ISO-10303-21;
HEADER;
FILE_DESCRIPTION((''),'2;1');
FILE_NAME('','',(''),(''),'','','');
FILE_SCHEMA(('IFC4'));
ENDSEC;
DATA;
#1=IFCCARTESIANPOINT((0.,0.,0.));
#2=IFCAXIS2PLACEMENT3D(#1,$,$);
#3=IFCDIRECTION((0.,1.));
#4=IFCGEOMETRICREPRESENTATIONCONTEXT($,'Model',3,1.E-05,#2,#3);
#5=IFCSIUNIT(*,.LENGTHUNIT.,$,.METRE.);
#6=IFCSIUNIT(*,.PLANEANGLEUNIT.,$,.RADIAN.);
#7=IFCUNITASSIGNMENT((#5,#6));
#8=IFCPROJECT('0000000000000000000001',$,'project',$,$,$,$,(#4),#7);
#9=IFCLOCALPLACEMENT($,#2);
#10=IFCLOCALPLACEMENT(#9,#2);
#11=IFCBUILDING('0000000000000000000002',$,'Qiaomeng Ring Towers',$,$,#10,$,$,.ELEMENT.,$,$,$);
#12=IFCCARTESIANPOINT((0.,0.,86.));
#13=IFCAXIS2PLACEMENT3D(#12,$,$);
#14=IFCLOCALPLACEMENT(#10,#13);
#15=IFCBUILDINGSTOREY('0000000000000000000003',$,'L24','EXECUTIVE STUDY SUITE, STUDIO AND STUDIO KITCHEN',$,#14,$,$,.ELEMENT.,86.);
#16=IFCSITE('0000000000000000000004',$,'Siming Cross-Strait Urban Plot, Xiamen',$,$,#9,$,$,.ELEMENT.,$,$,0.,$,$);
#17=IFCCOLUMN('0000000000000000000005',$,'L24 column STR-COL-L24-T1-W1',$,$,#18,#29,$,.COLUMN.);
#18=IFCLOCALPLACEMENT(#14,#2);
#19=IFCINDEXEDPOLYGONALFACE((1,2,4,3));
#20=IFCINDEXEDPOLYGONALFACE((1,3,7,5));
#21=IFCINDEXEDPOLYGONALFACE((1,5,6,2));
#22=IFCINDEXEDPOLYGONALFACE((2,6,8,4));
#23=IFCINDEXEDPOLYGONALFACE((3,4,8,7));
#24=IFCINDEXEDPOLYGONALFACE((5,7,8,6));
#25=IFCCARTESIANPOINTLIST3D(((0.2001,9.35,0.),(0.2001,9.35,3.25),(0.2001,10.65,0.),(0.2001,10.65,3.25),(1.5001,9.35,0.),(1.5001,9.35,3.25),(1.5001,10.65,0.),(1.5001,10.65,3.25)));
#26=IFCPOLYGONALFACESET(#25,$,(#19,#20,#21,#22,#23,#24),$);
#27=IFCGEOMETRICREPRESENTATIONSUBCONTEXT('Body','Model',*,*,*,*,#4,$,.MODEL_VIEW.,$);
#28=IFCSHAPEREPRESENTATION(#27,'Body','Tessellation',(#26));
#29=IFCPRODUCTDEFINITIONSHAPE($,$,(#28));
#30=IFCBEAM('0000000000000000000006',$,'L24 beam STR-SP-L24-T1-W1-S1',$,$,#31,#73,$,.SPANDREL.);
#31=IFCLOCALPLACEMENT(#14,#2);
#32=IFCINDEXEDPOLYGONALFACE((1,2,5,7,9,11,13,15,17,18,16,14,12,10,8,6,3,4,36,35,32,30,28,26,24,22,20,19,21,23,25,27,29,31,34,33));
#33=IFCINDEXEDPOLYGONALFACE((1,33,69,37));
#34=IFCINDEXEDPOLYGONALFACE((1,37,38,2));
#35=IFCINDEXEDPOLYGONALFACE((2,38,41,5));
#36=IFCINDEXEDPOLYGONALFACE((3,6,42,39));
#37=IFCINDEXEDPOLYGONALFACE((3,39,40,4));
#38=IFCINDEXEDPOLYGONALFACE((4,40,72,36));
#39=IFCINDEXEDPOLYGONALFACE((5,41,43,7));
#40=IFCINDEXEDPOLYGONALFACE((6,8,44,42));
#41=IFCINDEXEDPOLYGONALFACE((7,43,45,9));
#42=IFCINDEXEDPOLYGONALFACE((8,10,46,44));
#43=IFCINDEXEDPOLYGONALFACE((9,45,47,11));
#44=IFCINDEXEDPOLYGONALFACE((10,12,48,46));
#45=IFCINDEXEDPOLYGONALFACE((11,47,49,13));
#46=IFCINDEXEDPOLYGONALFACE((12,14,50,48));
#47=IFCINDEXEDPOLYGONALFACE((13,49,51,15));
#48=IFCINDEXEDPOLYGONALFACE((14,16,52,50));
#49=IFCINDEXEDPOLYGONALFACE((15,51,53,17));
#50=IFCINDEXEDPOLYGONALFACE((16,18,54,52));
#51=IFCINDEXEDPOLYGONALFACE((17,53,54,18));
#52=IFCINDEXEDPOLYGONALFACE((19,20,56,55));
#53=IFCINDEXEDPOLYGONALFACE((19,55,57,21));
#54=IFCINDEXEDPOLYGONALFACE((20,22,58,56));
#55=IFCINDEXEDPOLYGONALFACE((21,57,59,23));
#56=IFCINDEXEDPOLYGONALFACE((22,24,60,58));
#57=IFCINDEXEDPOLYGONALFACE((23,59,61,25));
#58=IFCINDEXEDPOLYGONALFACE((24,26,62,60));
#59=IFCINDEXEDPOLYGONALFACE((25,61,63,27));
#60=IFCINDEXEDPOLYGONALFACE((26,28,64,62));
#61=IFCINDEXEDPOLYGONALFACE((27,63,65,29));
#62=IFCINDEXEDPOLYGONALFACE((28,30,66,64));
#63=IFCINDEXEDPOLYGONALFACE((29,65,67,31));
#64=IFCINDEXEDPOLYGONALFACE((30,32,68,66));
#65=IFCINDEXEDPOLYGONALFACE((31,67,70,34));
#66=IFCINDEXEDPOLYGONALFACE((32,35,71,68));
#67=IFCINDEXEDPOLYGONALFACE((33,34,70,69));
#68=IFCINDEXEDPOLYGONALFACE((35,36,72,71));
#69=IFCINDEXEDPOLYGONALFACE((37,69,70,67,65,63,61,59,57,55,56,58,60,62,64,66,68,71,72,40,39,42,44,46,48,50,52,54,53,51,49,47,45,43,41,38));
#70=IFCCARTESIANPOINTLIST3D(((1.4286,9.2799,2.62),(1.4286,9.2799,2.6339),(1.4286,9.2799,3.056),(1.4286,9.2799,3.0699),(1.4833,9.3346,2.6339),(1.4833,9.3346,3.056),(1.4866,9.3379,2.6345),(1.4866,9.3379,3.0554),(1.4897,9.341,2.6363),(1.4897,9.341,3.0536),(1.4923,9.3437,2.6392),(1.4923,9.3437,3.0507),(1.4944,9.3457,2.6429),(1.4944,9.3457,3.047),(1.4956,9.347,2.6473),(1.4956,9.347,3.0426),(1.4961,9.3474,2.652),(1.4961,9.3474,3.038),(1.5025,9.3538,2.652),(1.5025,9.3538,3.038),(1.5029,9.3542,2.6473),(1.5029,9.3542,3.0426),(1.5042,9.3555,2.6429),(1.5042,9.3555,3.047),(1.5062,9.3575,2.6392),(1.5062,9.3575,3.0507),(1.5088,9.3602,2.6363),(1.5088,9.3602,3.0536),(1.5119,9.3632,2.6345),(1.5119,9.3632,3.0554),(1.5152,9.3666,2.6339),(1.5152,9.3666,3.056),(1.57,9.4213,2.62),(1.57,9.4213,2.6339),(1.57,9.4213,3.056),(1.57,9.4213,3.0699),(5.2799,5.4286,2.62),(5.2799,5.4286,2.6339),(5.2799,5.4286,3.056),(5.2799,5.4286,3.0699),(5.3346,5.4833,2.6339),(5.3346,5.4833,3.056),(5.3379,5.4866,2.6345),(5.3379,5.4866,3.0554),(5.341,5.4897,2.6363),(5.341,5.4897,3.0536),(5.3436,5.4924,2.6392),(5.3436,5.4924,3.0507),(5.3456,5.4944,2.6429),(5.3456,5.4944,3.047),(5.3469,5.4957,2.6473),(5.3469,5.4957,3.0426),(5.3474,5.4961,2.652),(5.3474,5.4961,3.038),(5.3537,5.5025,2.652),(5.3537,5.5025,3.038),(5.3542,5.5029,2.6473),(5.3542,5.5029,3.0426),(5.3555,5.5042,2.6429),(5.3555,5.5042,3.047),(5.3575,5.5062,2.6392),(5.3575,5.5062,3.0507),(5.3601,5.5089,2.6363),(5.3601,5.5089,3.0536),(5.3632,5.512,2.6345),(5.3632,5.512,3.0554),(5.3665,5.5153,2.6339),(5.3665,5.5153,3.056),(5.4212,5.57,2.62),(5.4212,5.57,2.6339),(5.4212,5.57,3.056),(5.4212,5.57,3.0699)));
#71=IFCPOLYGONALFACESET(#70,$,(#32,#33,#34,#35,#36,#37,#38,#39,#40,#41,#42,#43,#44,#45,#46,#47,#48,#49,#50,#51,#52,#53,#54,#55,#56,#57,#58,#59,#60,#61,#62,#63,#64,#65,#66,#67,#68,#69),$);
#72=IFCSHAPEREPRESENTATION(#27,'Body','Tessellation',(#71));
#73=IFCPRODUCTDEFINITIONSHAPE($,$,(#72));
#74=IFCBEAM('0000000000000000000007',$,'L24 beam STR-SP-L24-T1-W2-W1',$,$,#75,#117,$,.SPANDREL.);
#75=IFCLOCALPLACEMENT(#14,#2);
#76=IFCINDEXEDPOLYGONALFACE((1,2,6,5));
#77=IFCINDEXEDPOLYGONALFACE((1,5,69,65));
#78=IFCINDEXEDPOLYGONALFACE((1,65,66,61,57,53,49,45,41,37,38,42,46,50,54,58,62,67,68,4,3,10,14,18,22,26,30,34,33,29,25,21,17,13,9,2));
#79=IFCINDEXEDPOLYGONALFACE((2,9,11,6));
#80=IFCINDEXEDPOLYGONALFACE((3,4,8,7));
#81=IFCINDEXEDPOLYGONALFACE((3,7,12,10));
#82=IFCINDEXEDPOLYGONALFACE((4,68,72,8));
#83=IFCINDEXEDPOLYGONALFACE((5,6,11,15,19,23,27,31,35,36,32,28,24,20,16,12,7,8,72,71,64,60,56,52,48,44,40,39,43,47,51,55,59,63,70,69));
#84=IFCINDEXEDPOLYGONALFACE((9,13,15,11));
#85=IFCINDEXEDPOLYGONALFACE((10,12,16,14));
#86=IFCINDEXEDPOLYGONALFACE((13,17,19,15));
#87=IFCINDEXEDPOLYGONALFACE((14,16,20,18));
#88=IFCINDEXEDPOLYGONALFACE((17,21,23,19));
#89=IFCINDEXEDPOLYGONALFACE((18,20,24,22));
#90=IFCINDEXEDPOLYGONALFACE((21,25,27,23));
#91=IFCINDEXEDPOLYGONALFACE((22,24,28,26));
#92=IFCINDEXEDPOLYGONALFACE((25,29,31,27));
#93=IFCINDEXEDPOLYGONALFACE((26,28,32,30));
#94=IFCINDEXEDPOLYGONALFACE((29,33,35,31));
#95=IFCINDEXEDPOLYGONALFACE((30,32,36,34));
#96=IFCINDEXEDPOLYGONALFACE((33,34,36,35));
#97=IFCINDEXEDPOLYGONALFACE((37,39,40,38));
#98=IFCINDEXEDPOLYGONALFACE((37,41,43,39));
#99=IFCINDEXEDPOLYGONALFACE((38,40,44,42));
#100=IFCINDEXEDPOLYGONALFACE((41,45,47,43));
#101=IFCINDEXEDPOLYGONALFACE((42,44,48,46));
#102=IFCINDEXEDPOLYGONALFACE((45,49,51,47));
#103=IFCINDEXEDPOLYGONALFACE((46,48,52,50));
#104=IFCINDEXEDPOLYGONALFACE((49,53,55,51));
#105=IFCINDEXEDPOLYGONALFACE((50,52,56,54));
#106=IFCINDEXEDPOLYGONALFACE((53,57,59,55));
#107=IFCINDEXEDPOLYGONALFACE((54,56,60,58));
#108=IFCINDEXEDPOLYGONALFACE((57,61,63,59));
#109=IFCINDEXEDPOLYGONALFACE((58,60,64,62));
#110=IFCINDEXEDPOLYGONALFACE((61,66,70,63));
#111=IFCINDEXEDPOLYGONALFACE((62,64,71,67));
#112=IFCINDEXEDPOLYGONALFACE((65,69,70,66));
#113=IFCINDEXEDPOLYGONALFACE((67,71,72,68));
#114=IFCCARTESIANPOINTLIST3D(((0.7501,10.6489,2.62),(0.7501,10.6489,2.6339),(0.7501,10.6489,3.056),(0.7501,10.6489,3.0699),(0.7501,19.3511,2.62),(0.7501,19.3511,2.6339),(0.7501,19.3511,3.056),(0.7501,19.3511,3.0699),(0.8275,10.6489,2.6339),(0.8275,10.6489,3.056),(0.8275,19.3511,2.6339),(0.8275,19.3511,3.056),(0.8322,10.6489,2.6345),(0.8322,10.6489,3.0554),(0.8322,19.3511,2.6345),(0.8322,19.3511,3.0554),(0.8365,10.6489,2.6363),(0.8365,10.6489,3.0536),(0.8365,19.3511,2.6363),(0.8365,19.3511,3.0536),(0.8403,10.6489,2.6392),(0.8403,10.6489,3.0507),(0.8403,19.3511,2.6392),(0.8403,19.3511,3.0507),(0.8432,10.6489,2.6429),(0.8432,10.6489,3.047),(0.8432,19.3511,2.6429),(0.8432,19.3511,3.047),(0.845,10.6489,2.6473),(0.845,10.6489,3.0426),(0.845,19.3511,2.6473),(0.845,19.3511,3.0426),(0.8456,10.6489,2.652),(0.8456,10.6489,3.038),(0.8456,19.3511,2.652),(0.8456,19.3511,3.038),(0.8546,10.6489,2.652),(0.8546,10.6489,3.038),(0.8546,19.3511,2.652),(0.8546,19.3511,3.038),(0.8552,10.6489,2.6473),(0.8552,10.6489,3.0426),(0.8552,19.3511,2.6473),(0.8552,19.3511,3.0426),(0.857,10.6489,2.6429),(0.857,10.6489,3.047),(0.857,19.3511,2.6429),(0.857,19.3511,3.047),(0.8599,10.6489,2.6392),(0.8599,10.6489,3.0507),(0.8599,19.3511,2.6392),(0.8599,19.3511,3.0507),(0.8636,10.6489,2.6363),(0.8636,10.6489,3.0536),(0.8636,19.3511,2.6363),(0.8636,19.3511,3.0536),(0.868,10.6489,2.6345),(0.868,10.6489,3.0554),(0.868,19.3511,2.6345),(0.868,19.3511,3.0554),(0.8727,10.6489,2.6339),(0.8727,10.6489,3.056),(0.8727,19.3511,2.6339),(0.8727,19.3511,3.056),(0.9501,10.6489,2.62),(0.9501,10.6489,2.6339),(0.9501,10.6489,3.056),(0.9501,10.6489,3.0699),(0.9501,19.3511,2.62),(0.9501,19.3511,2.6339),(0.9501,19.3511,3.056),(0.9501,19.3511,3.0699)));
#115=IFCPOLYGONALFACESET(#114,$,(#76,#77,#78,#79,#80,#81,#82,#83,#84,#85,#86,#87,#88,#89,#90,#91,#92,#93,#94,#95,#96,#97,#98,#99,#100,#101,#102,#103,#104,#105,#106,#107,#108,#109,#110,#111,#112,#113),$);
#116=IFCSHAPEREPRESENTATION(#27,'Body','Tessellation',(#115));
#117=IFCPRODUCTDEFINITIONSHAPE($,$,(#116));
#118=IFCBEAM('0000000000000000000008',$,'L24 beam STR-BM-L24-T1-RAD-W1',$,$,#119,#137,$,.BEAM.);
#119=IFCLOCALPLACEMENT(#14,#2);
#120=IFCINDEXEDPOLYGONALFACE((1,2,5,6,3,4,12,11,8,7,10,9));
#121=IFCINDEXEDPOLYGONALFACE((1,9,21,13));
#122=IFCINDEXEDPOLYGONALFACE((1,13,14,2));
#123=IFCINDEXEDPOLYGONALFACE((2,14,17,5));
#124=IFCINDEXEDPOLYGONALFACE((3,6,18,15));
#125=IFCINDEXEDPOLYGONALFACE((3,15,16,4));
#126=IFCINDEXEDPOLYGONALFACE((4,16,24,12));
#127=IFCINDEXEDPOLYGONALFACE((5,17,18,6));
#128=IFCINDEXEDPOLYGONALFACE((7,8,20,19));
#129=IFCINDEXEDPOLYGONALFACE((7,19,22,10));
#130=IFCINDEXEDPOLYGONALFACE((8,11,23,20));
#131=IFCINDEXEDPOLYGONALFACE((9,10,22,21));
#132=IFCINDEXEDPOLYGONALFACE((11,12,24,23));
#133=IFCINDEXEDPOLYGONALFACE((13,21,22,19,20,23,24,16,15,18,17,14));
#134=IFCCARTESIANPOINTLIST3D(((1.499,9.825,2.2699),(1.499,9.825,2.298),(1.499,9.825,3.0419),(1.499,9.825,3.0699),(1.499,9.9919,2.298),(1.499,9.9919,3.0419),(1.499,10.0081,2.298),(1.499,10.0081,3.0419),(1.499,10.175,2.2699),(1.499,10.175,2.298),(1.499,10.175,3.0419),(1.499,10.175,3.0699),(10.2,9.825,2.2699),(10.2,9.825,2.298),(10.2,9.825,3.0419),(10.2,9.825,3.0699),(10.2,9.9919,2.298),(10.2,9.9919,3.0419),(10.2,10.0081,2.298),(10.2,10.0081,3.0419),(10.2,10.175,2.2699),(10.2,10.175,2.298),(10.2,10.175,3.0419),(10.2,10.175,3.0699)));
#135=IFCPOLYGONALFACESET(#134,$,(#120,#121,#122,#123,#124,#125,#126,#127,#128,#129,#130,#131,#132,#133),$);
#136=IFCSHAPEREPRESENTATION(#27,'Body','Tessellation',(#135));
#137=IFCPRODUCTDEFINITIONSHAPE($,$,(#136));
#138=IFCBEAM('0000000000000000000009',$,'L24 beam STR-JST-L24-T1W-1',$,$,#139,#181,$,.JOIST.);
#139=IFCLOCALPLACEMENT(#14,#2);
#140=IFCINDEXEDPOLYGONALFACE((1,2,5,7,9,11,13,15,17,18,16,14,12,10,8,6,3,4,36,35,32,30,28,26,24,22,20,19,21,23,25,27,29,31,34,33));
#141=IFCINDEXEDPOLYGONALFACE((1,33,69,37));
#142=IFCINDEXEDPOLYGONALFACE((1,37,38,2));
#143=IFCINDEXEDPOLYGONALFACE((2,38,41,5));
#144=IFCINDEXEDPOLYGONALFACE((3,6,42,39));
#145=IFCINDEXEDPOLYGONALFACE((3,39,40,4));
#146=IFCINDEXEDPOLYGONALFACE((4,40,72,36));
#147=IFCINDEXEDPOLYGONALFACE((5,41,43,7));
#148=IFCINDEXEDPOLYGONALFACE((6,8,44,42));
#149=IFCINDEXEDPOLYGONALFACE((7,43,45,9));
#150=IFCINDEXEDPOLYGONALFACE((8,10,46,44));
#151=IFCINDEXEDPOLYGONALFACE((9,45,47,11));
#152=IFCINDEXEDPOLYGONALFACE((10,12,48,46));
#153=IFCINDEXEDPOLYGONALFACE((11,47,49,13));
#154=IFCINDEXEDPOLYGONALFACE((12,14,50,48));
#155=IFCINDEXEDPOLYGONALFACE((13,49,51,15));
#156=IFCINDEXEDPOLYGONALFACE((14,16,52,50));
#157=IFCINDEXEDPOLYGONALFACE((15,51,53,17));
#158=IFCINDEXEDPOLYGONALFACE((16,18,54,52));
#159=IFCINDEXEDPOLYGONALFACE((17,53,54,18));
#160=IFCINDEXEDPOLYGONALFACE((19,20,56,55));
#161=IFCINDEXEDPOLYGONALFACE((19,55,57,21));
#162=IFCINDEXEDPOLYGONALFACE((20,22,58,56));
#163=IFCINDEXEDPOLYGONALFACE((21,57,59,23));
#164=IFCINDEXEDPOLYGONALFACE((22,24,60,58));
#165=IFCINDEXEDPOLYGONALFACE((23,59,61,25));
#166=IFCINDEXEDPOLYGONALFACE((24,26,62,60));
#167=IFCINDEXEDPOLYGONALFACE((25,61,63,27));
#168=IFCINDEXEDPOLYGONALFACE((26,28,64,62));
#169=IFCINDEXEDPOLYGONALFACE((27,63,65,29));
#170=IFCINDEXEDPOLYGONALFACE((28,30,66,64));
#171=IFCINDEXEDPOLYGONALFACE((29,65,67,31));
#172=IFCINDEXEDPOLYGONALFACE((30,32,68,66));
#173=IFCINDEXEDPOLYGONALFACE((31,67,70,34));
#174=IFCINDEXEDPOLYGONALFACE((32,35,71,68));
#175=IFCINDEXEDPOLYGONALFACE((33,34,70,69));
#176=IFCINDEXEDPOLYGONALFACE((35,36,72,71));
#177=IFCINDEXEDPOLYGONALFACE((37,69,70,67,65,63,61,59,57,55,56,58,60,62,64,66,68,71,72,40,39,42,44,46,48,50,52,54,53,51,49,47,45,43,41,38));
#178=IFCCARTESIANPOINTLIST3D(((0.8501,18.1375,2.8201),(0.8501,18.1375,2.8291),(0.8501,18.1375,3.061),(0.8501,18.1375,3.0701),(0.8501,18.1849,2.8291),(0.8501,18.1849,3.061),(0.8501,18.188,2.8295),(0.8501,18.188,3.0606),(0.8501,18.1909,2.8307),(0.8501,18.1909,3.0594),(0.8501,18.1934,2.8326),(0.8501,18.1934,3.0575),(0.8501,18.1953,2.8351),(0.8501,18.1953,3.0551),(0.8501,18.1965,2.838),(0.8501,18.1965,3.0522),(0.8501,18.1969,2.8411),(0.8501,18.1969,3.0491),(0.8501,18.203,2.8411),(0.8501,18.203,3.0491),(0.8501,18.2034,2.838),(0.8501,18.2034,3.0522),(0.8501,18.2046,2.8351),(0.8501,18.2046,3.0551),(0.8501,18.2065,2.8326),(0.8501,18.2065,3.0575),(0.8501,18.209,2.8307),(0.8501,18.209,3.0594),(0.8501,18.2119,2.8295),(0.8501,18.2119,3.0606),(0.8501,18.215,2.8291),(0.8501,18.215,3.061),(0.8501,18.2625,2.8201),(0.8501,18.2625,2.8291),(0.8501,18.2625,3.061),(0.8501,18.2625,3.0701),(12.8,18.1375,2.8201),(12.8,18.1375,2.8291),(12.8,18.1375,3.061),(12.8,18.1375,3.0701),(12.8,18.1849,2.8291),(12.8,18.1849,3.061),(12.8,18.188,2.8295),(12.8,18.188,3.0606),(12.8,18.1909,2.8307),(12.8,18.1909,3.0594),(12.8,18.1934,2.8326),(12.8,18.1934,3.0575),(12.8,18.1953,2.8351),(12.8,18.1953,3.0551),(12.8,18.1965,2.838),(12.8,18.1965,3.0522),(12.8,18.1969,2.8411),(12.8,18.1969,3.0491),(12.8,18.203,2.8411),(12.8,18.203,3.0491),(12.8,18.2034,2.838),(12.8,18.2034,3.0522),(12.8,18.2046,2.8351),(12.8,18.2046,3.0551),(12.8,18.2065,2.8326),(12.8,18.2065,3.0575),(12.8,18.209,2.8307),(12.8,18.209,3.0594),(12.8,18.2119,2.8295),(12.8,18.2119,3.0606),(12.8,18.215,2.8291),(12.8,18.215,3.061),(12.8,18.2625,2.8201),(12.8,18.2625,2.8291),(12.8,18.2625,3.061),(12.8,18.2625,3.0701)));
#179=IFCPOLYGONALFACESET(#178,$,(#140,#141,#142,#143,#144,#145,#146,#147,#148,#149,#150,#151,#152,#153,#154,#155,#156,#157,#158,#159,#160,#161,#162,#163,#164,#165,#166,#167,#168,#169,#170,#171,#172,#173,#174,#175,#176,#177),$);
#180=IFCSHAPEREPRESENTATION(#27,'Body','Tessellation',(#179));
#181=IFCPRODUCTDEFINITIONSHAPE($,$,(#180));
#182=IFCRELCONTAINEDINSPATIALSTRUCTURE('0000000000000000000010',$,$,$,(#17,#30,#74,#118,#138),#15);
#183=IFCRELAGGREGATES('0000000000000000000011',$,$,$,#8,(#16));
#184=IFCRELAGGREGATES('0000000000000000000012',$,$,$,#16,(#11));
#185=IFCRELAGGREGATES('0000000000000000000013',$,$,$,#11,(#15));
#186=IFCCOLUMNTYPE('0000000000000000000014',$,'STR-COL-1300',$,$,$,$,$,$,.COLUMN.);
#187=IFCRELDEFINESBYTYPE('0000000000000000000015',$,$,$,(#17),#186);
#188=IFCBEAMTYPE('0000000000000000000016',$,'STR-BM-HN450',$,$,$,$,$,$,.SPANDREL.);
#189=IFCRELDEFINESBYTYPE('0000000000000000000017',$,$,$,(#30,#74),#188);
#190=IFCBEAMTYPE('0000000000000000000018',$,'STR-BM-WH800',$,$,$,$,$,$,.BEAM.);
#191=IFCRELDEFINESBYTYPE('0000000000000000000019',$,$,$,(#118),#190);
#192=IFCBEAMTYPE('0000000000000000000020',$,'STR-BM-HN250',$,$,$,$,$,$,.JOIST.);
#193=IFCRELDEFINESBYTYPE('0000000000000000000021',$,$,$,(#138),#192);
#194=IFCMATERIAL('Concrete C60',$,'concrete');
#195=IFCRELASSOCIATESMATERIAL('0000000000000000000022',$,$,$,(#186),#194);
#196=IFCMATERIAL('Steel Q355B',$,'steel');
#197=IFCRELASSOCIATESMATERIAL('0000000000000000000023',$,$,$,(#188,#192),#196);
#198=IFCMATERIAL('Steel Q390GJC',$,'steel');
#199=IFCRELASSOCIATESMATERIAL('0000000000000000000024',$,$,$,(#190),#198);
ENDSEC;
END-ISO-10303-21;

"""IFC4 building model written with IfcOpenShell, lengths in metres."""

from ifc_helpers import new_model, si_unit, direction, frame, origin, origin_2d, place, context, subcontext, project, spatial, rectangle, i_section, extrude, source, transform, mapped, material, material_profile, profile_set, type_object, element, save


model = new_model("IFC4")

# Units and contexts
model_context = context("Model", 3, precision=1e-05, world=origin(), true_north=direction((0.0, 1.0)))
body_context = subcontext(model_context, "Body", "Model", "MODEL_VIEW")
ifc_project = project(units=[si_unit("LENGTHUNIT", "METRE"), si_unit("PLANEANGLEUNIT", "RADIAN")], contexts=[model_context])

# Site, building, storey
site_placement = place(None, origin())
site = spatial("IfcSite", under=ifc_project, at=site_placement, Name="Siming Cross-Strait Urban Plot, Xiamen", CompositionType="ELEMENT", RefElevation=0.0)
building_placement = place(site_placement, origin())
building = spatial("IfcBuilding", under=site, at=building_placement, Name="Qiaomeng Ring Towers", CompositionType="ELEMENT")
storey_placement = place(building_placement, frame((0.0, 0.0, 86.0)))
storey = spatial("IfcBuildingStorey", under=building, at=storey_placement, Name="L24", Description="EXECUTIVE STUDY SUITE, STUDIO AND STUDIO KITCHEN", CompositionType="ELEMENT", Elevation=86.0)

# Column
ifc_material_1 = material(Name="Concrete C60", Category="concrete")
ifc_material_profile_1 = material_profile(ifc_material_1, rectangle(XDim=1.3, YDim=1.3, at=origin_2d()), Name="RC COL 1300x1300")
ifc_profile_set_1 = profile_set([ifc_material_profile_1], Name="Concrete C60")
column_type = type_object("IfcColumnType", Name="STR-COL-1300", PredefinedType="COLUMN", material=ifc_profile_set_1)
shared_shape_1 = source(origin(), body_context, "Body", "SweptSolid", [
    extrude(rectangle(XDim=1.3, YDim=1.3, at=origin_2d()), origin(), (0.0, 0.0, 1.0), 3.25),
])
column_placement = place(storey_placement, frame((0.8501, 10.0, 0.0), z_axis=(0.0, 0.0, 1.0), x_axis=(1.0, 0.0, 0.0)))
element("IfcColumn", 1, at=column_placement, inside=storey, type_object=column_type, Name="L24 column STR-COL-L24-T1-W1", PredefinedType="COLUMN", context=body_context, shape_type="MappedRepresentation", body=[
    mapped(shared_shape_1, transform((0.0, 0.0, 0.0), x_axis=(1.0, 0.0, 0.0), y_axis=(0.0, 1.0, 0.0), z_axis=(0.0, 0.0, 1.0), scale=1.0)),
])

# Beams
ifc_material_2 = material(Name="Steel Q355B", Category="steel")
ifc_material_profile_2 = material_profile(ifc_material_2, i_section(OverallWidth=0.2, OverallDepth=0.45, WebThickness=0.009, FlangeThickness=0.0139, FilletRadius=0.0181, at=origin_2d()), Name="HN 450x200x9x14")
ifc_profile_set_2 = profile_set([ifc_material_profile_2], Name="Steel Q355B")
beam_type_1 = type_object("IfcBeamType", Name="STR-BM-HN450", PredefinedType="SPANDREL", material=ifc_profile_set_2)
shared_shape_2 = source(origin(), body_context, "Body", "SweptSolid", [
    extrude(i_section(OverallWidth=0.2, OverallDepth=0.45, WebThickness=0.009, FlangeThickness=0.0139, FilletRadius=0.0181, at=origin_2d()), origin(), (0.0, 0.0, 1.0), 5.4465),
])
beam_1_placement = place(storey_placement, frame((1.4993, 9.3506, 2.845), z_axis=(0.707107, -0.707107, 0.0), x_axis=(0.707107, 0.707107, 0.0)))
element("IfcBeam", 2, at=beam_1_placement, inside=storey, type_object=beam_type_1, Name="L24 beam STR-SP-L24-T1-W1-S1", PredefinedType="SPANDREL", context=body_context, shape_type="MappedRepresentation", body=[
    mapped(shared_shape_2, transform((0.0, 0.0, 0.0), x_axis=(1.0, 0.0, 0.0), y_axis=(0.0, 1.0, 0.0), z_axis=(0.0, 0.0, 1.0), scale=1.0)),
])
shared_shape_3 = source(origin(), body_context, "Body", "SweptSolid", [
    extrude(i_section(OverallWidth=0.2, OverallDepth=0.45, WebThickness=0.009, FlangeThickness=0.0139, FilletRadius=0.0181, at=origin_2d()), origin(), (0.0, 0.0, 1.0), 8.7021),
])
beam_2_placement = place(storey_placement, frame((0.8501, 19.3511, 2.845), z_axis=(0.0, -1.0, 0.0), x_axis=(1.0, 0.0, 0.0)))
element("IfcBeam", 3, at=beam_2_placement, inside=storey, type_object=beam_type_1, Name="L24 beam STR-SP-L24-T1-W2-W1", PredefinedType="SPANDREL", context=body_context, shape_type="MappedRepresentation", body=[
    mapped(shared_shape_3, transform((0.0, 0.0, 0.0), x_axis=(1.0, 0.0, 0.0), y_axis=(0.0, 1.0, 0.0), z_axis=(0.0, 0.0, 1.0), scale=1.0)),
])
ifc_material_3 = material(Name="Steel Q390GJC", Category="steel")
ifc_material_profile_3 = material_profile(ifc_material_3, i_section(OverallWidth=0.3501, OverallDepth=0.8, WebThickness=0.0161, FlangeThickness=0.0281, at=origin_2d()), Name="WH 800x350x16x28")
ifc_profile_set_3 = profile_set([ifc_material_profile_3], Name="Steel Q390GJC")
beam_type_2 = type_object("IfcBeamType", Name="STR-BM-WH800", PredefinedType="BEAM", material=ifc_profile_set_3)
shared_shape_4 = source(origin(), body_context, "Body", "SweptSolid", [
    extrude(i_section(OverallWidth=0.3501, OverallDepth=0.8, WebThickness=0.0161, FlangeThickness=0.0281, at=origin_2d()), origin(), (0.0, 0.0, 1.0), 8.7009),
])
beam_3_placement = place(storey_placement, frame((1.499, 10.0, 2.6699), z_axis=(1.0, 0.0, 0.0), x_axis=(0.0, 1.0, 0.0)))
element("IfcBeam", 4, at=beam_3_placement, inside=storey, type_object=beam_type_2, Name="L24 beam STR-BM-L24-T1-RAD-W1", PredefinedType="BEAM", context=body_context, shape_type="MappedRepresentation", body=[
    mapped(shared_shape_4, transform((0.0, 0.0, 0.0), x_axis=(1.0, 0.0, 0.0), y_axis=(0.0, 1.0, 0.0), z_axis=(0.0, 0.0, 1.0), scale=1.0)),
])
ifc_material_profile_4 = material_profile(ifc_material_2, i_section(OverallWidth=0.125, OverallDepth=0.25, WebThickness=0.0061, FlangeThickness=0.009, FilletRadius=0.012, at=origin_2d()), Name="HN 250x125x6x9")
ifc_profile_set_4 = profile_set([ifc_material_profile_4], Name="Steel Q355B")
beam_type_3 = type_object("IfcBeamType", Name="STR-BM-HN250", PredefinedType="JOIST", material=ifc_profile_set_4)
shared_shape_5 = source(origin(), body_context, "Body", "SweptSolid", [
    extrude(i_section(OverallWidth=0.125, OverallDepth=0.25, WebThickness=0.0061, FlangeThickness=0.009, FilletRadius=0.012, at=origin_2d()), origin(), (0.0, 0.0, 1.0), 11.95),
])
beam_4_placement = place(storey_placement, frame((0.8501, 18.2, 2.9451), z_axis=(1.0, 0.0, 0.0), x_axis=(0.0, 1.0, 0.0)))
element("IfcBeam", 5, at=beam_4_placement, inside=storey, type_object=beam_type_3, Name="L24 beam STR-JST-L24-T1W-1", PredefinedType="JOIST", context=body_context, shape_type="MappedRepresentation", body=[
    mapped(shared_shape_5, transform((0.0, 0.0, 0.0), x_axis=(1.0, 0.0, 0.0), y_axis=(0.0, 1.0, 0.0), z_axis=(0.0, 0.0, 1.0), scale=1.0)),
])

save(model, "model.ifc")
